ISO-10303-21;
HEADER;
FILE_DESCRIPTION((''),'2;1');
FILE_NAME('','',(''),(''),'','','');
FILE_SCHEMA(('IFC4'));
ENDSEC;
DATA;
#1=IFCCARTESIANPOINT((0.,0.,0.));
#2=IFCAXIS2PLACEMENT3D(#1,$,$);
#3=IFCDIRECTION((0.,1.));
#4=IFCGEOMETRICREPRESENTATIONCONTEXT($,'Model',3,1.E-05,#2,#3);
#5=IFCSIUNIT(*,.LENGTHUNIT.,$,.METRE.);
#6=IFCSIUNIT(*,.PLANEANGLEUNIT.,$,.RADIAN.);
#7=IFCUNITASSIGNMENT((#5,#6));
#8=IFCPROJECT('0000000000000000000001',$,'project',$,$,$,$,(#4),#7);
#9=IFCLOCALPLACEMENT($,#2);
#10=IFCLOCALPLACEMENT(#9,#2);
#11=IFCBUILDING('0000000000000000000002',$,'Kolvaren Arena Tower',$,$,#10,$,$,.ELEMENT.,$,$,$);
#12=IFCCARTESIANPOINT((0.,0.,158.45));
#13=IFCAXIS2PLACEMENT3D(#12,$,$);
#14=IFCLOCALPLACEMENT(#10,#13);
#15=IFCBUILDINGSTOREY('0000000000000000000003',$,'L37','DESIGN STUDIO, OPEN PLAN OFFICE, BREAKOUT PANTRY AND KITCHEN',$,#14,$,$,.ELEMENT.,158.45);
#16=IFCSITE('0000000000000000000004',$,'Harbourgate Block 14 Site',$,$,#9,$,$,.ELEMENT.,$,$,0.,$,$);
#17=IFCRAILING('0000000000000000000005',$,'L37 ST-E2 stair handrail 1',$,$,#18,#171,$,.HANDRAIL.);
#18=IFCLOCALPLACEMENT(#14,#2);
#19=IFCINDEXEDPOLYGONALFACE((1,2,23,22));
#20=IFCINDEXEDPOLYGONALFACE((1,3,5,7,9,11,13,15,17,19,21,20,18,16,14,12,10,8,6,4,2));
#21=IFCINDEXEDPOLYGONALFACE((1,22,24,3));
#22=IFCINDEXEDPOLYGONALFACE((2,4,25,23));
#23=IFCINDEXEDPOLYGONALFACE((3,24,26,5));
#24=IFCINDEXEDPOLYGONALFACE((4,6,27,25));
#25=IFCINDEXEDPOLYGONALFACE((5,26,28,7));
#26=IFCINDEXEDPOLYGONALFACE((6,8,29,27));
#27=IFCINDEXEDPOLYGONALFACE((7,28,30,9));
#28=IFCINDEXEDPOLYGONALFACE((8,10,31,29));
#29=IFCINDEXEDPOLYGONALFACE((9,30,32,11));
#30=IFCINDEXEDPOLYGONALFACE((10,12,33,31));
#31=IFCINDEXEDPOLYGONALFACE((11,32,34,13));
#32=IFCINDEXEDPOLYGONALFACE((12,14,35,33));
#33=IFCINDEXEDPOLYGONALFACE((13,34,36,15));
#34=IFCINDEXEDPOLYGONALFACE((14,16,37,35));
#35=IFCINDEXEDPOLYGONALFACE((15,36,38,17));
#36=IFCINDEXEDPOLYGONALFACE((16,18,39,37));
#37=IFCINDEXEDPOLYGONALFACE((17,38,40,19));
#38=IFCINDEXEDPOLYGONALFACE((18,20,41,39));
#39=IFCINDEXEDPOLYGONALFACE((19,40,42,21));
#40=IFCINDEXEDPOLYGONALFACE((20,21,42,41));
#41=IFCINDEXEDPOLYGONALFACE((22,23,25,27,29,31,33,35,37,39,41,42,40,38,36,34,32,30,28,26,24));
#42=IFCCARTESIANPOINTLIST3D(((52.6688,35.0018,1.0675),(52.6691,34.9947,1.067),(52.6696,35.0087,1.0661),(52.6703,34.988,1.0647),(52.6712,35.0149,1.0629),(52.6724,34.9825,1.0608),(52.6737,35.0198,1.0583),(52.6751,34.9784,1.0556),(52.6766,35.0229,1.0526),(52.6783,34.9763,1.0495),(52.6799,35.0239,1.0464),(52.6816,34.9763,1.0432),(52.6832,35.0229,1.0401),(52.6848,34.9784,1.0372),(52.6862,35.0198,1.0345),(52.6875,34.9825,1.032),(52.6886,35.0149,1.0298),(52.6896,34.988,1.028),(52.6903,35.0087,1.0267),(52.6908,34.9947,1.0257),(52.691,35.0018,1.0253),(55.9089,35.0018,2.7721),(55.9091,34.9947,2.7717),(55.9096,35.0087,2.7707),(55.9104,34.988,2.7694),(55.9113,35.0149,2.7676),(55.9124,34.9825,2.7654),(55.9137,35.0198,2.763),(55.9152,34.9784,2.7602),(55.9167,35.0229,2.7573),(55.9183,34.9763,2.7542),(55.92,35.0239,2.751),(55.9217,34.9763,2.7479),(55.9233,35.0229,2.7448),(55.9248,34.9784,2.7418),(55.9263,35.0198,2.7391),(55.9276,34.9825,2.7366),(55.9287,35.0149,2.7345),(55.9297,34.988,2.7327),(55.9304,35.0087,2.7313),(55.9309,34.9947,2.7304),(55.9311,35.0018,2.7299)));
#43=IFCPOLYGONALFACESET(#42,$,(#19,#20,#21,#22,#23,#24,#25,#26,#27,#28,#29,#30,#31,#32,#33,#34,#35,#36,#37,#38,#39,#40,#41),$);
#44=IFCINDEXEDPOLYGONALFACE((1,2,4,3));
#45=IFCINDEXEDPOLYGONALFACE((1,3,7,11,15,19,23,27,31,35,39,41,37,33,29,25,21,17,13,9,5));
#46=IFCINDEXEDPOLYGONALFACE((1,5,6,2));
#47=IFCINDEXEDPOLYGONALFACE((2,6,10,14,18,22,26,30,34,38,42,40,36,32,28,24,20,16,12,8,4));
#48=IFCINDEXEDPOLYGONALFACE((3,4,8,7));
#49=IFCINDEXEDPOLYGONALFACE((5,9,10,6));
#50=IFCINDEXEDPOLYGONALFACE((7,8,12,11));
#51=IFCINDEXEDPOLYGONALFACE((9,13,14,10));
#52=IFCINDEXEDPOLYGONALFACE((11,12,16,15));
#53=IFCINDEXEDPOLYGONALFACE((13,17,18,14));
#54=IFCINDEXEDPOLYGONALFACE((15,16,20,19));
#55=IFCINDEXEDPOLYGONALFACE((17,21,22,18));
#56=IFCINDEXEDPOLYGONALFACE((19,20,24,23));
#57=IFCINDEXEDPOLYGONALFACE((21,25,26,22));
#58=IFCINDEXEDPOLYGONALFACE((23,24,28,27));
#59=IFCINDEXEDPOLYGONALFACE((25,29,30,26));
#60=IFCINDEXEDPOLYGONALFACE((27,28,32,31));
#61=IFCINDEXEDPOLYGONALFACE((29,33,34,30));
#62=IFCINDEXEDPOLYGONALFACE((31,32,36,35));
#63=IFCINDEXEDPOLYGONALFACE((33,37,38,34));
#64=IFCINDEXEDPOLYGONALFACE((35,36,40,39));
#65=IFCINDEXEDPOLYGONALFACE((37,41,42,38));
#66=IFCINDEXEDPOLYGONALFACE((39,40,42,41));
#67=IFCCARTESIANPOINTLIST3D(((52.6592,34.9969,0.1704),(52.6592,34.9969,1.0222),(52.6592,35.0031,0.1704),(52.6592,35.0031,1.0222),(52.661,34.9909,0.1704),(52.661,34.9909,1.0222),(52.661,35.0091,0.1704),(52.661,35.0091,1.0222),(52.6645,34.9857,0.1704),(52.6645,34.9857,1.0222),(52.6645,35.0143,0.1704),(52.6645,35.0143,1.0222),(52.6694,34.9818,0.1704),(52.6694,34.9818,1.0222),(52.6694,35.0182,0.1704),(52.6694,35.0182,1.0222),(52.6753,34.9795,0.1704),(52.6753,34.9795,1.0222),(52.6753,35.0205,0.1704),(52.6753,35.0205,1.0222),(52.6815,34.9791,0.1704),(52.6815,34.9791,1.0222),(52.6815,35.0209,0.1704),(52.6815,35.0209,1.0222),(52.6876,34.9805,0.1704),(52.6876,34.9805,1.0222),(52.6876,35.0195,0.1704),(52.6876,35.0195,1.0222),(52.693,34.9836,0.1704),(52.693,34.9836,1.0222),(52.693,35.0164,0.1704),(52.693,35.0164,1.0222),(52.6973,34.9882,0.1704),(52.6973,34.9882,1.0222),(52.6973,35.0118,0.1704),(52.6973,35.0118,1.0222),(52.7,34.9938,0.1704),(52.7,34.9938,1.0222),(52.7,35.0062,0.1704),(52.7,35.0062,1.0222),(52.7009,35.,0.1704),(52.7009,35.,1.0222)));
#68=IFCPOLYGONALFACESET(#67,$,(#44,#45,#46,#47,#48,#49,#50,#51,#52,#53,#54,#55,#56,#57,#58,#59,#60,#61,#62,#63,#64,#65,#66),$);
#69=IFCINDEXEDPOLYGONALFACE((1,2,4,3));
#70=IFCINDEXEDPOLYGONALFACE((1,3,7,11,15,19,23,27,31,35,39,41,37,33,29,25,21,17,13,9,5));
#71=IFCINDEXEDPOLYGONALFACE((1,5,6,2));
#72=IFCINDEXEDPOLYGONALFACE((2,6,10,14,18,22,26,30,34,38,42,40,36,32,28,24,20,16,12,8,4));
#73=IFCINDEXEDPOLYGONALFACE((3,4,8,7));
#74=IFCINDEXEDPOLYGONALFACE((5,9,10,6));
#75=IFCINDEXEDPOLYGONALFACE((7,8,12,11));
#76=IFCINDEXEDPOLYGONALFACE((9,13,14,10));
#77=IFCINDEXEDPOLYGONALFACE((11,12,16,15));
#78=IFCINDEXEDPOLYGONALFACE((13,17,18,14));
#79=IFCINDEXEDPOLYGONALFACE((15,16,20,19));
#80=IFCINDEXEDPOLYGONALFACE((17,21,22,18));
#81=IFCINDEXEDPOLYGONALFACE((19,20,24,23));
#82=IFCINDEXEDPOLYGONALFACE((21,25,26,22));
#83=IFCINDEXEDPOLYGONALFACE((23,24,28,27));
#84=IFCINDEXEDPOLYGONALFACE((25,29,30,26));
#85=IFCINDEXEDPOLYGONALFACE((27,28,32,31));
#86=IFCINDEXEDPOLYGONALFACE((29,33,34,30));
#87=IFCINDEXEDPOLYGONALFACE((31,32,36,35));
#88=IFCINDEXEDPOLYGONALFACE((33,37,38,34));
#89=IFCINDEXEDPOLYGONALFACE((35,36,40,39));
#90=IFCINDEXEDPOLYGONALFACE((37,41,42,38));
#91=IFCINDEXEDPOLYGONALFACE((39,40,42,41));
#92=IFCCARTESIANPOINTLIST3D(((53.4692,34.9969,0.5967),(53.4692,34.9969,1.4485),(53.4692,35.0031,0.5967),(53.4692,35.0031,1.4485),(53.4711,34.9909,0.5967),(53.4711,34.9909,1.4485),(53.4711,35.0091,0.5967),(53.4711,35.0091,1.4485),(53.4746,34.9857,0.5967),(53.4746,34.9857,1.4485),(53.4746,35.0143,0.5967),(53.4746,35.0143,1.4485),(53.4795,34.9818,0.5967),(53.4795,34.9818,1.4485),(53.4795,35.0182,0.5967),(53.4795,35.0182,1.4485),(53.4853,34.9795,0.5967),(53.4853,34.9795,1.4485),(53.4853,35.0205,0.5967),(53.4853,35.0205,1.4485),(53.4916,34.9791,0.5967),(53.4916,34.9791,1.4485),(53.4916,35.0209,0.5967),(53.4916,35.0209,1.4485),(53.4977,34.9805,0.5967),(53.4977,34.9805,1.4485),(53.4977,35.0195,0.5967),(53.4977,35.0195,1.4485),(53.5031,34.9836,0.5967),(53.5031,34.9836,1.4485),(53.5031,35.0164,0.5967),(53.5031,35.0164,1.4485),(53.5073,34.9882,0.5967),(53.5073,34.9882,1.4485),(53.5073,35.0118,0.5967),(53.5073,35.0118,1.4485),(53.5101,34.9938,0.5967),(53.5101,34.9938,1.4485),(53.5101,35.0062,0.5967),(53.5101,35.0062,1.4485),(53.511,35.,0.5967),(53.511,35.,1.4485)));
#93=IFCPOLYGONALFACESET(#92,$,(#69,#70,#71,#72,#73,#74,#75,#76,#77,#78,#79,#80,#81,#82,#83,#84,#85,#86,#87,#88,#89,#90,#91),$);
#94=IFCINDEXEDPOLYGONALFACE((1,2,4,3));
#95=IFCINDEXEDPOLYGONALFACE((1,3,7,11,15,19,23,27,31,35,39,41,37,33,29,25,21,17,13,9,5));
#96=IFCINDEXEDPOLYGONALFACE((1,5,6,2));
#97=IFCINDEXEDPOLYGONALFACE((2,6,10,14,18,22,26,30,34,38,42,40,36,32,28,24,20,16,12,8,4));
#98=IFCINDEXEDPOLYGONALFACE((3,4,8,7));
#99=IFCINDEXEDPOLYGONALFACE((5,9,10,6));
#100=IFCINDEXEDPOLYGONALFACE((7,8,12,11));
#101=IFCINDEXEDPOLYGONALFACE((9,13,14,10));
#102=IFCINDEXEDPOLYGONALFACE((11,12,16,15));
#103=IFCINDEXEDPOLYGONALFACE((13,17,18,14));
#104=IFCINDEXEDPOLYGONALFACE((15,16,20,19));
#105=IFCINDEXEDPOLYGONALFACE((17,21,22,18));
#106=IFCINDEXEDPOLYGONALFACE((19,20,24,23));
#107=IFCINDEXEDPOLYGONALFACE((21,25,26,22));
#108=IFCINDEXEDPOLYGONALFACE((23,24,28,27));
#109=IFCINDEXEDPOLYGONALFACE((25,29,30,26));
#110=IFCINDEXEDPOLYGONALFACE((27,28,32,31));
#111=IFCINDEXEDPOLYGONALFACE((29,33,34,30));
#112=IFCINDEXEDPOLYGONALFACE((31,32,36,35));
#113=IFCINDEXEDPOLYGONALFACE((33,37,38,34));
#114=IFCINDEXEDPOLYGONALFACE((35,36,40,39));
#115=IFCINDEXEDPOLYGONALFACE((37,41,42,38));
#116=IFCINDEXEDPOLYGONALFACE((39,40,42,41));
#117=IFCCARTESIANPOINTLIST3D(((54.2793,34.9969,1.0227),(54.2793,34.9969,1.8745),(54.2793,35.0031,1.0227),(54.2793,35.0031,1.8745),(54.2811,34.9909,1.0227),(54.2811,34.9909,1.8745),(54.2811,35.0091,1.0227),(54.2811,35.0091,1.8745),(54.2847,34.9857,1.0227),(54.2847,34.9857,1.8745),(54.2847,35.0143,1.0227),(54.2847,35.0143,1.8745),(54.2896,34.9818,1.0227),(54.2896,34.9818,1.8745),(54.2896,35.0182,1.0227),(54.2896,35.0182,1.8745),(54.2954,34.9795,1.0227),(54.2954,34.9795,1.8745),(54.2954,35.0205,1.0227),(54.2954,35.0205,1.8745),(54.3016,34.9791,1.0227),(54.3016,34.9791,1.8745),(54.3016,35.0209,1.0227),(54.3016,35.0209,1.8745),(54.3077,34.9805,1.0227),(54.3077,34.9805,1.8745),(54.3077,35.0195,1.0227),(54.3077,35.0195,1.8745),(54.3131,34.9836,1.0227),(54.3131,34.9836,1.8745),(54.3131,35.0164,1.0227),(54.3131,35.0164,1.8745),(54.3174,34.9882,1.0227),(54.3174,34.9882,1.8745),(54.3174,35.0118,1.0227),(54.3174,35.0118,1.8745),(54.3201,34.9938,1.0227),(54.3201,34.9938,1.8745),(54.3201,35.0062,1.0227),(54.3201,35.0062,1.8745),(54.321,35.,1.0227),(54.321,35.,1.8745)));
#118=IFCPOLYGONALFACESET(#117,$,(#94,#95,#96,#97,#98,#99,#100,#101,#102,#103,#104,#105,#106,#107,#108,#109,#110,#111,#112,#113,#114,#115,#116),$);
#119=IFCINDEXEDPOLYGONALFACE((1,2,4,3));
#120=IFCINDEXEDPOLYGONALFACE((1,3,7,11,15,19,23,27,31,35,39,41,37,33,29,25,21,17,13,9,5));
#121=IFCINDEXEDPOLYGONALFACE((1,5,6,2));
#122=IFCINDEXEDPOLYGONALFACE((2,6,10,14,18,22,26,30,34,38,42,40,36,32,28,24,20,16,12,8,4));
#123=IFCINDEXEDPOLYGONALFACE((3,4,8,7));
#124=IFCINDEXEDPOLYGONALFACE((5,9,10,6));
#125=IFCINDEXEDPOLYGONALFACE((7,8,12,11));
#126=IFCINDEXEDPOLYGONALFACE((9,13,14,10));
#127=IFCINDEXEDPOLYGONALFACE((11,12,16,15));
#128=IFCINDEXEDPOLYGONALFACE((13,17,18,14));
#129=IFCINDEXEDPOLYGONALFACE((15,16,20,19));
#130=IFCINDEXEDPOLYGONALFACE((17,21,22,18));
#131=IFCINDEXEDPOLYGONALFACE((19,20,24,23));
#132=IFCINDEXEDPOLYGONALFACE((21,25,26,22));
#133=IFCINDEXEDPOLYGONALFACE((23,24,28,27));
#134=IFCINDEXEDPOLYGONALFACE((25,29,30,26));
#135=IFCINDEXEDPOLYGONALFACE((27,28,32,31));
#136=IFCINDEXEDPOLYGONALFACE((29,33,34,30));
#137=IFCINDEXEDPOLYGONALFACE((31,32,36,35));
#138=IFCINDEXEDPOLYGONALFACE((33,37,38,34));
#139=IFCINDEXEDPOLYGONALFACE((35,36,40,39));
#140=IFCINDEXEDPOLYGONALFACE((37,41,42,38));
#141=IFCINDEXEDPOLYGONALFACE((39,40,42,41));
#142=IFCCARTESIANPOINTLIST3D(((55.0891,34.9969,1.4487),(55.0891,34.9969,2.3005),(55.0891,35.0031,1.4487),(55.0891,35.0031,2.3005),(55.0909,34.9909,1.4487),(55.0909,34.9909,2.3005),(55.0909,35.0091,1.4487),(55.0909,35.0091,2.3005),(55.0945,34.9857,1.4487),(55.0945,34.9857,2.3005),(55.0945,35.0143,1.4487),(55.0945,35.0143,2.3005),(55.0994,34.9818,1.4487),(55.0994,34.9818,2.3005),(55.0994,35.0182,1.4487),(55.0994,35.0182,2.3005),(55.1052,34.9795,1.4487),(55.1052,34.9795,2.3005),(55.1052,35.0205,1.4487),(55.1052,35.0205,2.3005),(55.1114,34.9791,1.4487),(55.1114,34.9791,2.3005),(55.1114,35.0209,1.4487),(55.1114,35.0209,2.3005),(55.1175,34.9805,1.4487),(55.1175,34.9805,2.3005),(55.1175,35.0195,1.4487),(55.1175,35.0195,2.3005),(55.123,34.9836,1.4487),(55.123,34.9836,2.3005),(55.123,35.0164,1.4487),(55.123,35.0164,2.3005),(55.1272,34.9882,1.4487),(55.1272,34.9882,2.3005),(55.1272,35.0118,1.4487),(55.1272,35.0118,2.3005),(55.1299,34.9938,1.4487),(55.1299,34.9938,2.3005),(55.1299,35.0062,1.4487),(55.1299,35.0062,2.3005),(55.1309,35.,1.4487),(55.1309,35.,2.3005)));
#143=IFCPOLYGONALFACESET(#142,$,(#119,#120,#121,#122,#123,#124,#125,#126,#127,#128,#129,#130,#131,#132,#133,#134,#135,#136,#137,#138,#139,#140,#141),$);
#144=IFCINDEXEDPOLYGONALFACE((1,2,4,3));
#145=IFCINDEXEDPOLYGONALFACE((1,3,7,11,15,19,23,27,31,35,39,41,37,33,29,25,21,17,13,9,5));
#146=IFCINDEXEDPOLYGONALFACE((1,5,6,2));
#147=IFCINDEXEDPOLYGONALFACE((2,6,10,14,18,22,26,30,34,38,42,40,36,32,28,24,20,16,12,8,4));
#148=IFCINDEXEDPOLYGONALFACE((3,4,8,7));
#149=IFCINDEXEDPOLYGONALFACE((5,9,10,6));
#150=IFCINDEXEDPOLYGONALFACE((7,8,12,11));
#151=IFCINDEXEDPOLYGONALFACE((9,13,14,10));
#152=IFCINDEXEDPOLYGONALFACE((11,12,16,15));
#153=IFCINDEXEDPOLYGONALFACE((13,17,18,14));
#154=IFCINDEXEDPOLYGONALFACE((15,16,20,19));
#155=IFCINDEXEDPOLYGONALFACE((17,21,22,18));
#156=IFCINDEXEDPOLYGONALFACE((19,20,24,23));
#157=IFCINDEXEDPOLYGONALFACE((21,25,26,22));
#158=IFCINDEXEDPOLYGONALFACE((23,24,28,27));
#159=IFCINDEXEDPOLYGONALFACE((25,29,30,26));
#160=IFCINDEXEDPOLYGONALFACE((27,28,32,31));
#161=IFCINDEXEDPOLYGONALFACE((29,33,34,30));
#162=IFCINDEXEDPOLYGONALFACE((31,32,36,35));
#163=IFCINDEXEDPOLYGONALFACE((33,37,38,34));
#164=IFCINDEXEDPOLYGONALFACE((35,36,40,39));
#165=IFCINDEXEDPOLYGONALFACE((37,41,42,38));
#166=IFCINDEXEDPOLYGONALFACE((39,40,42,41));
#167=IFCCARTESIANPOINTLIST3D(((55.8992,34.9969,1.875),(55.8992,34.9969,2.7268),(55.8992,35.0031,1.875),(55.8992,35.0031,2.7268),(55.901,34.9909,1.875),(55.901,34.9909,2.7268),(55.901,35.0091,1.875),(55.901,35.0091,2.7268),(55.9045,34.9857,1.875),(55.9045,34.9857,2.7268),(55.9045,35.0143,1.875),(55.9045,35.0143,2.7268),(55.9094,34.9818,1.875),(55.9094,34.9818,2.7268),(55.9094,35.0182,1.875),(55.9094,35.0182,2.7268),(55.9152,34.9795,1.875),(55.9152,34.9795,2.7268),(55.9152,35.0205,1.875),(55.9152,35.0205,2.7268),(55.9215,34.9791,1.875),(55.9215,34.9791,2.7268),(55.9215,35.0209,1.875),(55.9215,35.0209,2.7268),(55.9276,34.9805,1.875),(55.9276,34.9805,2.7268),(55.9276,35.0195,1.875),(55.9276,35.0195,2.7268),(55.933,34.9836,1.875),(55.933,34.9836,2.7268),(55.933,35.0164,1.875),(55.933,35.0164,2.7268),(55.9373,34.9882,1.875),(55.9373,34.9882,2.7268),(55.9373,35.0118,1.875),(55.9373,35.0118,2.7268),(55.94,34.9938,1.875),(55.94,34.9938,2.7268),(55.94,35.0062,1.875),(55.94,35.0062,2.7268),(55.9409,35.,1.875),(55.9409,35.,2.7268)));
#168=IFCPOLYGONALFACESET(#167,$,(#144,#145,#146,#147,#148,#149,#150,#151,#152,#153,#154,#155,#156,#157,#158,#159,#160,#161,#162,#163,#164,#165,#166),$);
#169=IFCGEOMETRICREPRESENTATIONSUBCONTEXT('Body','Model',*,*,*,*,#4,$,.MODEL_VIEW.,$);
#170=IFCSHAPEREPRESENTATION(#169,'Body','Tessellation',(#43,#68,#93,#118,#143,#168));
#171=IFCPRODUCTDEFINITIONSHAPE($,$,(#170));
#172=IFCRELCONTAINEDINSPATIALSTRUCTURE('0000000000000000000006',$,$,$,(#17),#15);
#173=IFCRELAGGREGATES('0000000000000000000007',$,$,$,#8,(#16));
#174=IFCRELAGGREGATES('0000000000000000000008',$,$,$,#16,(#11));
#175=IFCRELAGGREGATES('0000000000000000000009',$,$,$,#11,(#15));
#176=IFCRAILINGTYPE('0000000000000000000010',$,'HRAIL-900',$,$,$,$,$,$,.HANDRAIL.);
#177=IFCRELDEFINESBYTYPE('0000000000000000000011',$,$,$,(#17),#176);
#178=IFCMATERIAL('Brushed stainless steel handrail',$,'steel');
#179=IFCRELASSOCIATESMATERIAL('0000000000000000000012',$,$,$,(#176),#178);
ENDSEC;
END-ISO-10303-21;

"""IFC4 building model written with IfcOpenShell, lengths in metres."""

from ifc_helpers import new_model, si_unit, direction, frame, origin, origin_2d, place, context, subcontext, project, spatial, circle, extrude, material, type_object, element, save


model = new_model("IFC4")

# Units and contexts
model_context = context("Model", 3, precision=1e-05, world=origin(), true_north=direction((0.0, 1.0)))
body_context = subcontext(model_context, "Body", "Model", "MODEL_VIEW")
ifc_project = project(units=[si_unit("LENGTHUNIT", "METRE"), si_unit("PLANEANGLEUNIT", "RADIAN")], contexts=[model_context])

# Site, building, storey
site_placement = place(None, origin())
site = spatial("IfcSite", under=ifc_project, at=site_placement, Name="Harbourgate Block 14 Site", CompositionType="ELEMENT", RefElevation=0.0)
building_placement = place(site_placement, origin())
building = spatial("IfcBuilding", under=site, at=building_placement, Name="Kolvaren Arena Tower", CompositionType="ELEMENT")
storey_placement = place(building_placement, frame((0.0, 0.0, 158.45)))
storey = spatial("IfcBuildingStorey", under=building, at=storey_placement, Name="L37", Description="DESIGN STUDIO, OPEN PLAN OFFICE, BREAKOUT PANTRY AND KITCHEN", CompositionType="ELEMENT", Elevation=158.45)

# Railing
ifc_material_1 = material(Name="Brushed stainless steel handrail", Category="steel")
railing_type_1 = type_object("IfcRailingType", Name="HRAIL-900", PredefinedType="HANDRAIL", material=ifc_material_1)
for number, where, name in (
    (1, (52.6799, 35.0, 0.1704), "L37 ST-E2 stair handrail 1"),
):
    element("IfcRailing", number, at=place(storey_placement, frame(where)), inside=storey, type_object=railing_type_1, Name=name, PredefinedType="HANDRAIL", context=body_context, shape_type="SweptSolid", body=[
        extrude(circle(Radius=0.0239, at=origin_2d()), frame((0.0, 0.0, 0.876), z_axis=(0.884993, 0.0, 0.465604), x_axis=(0.0, 1.0, 0.0)), (0.0, 0.0, 1.0), 3.6611),
        extrude(circle(Radius=0.021, at=origin_2d()), origin(), (0.0, 0.0, 1.0), 0.8518),
        extrude(circle(Radius=0.021, at=origin_2d()), frame((0.8101, 0.0, 0.4263)), (0.0, 0.0, 1.0), 0.8518),
        extrude(circle(Radius=0.021, at=origin_2d()), frame((1.6201, 0.0, 0.8523)), (0.0, 0.0, 1.0), 0.8518),
        extrude(circle(Radius=0.021, at=origin_2d()), frame((2.4299, 0.0, 1.2783)), (0.0, 0.0, 1.0), 0.8518),
        extrude(circle(Radius=0.021, at=origin_2d()), frame((3.24, 0.0, 1.7046)), (0.0, 0.0, 1.0), 0.8518),
    ])

save(model, "model.ifc")
